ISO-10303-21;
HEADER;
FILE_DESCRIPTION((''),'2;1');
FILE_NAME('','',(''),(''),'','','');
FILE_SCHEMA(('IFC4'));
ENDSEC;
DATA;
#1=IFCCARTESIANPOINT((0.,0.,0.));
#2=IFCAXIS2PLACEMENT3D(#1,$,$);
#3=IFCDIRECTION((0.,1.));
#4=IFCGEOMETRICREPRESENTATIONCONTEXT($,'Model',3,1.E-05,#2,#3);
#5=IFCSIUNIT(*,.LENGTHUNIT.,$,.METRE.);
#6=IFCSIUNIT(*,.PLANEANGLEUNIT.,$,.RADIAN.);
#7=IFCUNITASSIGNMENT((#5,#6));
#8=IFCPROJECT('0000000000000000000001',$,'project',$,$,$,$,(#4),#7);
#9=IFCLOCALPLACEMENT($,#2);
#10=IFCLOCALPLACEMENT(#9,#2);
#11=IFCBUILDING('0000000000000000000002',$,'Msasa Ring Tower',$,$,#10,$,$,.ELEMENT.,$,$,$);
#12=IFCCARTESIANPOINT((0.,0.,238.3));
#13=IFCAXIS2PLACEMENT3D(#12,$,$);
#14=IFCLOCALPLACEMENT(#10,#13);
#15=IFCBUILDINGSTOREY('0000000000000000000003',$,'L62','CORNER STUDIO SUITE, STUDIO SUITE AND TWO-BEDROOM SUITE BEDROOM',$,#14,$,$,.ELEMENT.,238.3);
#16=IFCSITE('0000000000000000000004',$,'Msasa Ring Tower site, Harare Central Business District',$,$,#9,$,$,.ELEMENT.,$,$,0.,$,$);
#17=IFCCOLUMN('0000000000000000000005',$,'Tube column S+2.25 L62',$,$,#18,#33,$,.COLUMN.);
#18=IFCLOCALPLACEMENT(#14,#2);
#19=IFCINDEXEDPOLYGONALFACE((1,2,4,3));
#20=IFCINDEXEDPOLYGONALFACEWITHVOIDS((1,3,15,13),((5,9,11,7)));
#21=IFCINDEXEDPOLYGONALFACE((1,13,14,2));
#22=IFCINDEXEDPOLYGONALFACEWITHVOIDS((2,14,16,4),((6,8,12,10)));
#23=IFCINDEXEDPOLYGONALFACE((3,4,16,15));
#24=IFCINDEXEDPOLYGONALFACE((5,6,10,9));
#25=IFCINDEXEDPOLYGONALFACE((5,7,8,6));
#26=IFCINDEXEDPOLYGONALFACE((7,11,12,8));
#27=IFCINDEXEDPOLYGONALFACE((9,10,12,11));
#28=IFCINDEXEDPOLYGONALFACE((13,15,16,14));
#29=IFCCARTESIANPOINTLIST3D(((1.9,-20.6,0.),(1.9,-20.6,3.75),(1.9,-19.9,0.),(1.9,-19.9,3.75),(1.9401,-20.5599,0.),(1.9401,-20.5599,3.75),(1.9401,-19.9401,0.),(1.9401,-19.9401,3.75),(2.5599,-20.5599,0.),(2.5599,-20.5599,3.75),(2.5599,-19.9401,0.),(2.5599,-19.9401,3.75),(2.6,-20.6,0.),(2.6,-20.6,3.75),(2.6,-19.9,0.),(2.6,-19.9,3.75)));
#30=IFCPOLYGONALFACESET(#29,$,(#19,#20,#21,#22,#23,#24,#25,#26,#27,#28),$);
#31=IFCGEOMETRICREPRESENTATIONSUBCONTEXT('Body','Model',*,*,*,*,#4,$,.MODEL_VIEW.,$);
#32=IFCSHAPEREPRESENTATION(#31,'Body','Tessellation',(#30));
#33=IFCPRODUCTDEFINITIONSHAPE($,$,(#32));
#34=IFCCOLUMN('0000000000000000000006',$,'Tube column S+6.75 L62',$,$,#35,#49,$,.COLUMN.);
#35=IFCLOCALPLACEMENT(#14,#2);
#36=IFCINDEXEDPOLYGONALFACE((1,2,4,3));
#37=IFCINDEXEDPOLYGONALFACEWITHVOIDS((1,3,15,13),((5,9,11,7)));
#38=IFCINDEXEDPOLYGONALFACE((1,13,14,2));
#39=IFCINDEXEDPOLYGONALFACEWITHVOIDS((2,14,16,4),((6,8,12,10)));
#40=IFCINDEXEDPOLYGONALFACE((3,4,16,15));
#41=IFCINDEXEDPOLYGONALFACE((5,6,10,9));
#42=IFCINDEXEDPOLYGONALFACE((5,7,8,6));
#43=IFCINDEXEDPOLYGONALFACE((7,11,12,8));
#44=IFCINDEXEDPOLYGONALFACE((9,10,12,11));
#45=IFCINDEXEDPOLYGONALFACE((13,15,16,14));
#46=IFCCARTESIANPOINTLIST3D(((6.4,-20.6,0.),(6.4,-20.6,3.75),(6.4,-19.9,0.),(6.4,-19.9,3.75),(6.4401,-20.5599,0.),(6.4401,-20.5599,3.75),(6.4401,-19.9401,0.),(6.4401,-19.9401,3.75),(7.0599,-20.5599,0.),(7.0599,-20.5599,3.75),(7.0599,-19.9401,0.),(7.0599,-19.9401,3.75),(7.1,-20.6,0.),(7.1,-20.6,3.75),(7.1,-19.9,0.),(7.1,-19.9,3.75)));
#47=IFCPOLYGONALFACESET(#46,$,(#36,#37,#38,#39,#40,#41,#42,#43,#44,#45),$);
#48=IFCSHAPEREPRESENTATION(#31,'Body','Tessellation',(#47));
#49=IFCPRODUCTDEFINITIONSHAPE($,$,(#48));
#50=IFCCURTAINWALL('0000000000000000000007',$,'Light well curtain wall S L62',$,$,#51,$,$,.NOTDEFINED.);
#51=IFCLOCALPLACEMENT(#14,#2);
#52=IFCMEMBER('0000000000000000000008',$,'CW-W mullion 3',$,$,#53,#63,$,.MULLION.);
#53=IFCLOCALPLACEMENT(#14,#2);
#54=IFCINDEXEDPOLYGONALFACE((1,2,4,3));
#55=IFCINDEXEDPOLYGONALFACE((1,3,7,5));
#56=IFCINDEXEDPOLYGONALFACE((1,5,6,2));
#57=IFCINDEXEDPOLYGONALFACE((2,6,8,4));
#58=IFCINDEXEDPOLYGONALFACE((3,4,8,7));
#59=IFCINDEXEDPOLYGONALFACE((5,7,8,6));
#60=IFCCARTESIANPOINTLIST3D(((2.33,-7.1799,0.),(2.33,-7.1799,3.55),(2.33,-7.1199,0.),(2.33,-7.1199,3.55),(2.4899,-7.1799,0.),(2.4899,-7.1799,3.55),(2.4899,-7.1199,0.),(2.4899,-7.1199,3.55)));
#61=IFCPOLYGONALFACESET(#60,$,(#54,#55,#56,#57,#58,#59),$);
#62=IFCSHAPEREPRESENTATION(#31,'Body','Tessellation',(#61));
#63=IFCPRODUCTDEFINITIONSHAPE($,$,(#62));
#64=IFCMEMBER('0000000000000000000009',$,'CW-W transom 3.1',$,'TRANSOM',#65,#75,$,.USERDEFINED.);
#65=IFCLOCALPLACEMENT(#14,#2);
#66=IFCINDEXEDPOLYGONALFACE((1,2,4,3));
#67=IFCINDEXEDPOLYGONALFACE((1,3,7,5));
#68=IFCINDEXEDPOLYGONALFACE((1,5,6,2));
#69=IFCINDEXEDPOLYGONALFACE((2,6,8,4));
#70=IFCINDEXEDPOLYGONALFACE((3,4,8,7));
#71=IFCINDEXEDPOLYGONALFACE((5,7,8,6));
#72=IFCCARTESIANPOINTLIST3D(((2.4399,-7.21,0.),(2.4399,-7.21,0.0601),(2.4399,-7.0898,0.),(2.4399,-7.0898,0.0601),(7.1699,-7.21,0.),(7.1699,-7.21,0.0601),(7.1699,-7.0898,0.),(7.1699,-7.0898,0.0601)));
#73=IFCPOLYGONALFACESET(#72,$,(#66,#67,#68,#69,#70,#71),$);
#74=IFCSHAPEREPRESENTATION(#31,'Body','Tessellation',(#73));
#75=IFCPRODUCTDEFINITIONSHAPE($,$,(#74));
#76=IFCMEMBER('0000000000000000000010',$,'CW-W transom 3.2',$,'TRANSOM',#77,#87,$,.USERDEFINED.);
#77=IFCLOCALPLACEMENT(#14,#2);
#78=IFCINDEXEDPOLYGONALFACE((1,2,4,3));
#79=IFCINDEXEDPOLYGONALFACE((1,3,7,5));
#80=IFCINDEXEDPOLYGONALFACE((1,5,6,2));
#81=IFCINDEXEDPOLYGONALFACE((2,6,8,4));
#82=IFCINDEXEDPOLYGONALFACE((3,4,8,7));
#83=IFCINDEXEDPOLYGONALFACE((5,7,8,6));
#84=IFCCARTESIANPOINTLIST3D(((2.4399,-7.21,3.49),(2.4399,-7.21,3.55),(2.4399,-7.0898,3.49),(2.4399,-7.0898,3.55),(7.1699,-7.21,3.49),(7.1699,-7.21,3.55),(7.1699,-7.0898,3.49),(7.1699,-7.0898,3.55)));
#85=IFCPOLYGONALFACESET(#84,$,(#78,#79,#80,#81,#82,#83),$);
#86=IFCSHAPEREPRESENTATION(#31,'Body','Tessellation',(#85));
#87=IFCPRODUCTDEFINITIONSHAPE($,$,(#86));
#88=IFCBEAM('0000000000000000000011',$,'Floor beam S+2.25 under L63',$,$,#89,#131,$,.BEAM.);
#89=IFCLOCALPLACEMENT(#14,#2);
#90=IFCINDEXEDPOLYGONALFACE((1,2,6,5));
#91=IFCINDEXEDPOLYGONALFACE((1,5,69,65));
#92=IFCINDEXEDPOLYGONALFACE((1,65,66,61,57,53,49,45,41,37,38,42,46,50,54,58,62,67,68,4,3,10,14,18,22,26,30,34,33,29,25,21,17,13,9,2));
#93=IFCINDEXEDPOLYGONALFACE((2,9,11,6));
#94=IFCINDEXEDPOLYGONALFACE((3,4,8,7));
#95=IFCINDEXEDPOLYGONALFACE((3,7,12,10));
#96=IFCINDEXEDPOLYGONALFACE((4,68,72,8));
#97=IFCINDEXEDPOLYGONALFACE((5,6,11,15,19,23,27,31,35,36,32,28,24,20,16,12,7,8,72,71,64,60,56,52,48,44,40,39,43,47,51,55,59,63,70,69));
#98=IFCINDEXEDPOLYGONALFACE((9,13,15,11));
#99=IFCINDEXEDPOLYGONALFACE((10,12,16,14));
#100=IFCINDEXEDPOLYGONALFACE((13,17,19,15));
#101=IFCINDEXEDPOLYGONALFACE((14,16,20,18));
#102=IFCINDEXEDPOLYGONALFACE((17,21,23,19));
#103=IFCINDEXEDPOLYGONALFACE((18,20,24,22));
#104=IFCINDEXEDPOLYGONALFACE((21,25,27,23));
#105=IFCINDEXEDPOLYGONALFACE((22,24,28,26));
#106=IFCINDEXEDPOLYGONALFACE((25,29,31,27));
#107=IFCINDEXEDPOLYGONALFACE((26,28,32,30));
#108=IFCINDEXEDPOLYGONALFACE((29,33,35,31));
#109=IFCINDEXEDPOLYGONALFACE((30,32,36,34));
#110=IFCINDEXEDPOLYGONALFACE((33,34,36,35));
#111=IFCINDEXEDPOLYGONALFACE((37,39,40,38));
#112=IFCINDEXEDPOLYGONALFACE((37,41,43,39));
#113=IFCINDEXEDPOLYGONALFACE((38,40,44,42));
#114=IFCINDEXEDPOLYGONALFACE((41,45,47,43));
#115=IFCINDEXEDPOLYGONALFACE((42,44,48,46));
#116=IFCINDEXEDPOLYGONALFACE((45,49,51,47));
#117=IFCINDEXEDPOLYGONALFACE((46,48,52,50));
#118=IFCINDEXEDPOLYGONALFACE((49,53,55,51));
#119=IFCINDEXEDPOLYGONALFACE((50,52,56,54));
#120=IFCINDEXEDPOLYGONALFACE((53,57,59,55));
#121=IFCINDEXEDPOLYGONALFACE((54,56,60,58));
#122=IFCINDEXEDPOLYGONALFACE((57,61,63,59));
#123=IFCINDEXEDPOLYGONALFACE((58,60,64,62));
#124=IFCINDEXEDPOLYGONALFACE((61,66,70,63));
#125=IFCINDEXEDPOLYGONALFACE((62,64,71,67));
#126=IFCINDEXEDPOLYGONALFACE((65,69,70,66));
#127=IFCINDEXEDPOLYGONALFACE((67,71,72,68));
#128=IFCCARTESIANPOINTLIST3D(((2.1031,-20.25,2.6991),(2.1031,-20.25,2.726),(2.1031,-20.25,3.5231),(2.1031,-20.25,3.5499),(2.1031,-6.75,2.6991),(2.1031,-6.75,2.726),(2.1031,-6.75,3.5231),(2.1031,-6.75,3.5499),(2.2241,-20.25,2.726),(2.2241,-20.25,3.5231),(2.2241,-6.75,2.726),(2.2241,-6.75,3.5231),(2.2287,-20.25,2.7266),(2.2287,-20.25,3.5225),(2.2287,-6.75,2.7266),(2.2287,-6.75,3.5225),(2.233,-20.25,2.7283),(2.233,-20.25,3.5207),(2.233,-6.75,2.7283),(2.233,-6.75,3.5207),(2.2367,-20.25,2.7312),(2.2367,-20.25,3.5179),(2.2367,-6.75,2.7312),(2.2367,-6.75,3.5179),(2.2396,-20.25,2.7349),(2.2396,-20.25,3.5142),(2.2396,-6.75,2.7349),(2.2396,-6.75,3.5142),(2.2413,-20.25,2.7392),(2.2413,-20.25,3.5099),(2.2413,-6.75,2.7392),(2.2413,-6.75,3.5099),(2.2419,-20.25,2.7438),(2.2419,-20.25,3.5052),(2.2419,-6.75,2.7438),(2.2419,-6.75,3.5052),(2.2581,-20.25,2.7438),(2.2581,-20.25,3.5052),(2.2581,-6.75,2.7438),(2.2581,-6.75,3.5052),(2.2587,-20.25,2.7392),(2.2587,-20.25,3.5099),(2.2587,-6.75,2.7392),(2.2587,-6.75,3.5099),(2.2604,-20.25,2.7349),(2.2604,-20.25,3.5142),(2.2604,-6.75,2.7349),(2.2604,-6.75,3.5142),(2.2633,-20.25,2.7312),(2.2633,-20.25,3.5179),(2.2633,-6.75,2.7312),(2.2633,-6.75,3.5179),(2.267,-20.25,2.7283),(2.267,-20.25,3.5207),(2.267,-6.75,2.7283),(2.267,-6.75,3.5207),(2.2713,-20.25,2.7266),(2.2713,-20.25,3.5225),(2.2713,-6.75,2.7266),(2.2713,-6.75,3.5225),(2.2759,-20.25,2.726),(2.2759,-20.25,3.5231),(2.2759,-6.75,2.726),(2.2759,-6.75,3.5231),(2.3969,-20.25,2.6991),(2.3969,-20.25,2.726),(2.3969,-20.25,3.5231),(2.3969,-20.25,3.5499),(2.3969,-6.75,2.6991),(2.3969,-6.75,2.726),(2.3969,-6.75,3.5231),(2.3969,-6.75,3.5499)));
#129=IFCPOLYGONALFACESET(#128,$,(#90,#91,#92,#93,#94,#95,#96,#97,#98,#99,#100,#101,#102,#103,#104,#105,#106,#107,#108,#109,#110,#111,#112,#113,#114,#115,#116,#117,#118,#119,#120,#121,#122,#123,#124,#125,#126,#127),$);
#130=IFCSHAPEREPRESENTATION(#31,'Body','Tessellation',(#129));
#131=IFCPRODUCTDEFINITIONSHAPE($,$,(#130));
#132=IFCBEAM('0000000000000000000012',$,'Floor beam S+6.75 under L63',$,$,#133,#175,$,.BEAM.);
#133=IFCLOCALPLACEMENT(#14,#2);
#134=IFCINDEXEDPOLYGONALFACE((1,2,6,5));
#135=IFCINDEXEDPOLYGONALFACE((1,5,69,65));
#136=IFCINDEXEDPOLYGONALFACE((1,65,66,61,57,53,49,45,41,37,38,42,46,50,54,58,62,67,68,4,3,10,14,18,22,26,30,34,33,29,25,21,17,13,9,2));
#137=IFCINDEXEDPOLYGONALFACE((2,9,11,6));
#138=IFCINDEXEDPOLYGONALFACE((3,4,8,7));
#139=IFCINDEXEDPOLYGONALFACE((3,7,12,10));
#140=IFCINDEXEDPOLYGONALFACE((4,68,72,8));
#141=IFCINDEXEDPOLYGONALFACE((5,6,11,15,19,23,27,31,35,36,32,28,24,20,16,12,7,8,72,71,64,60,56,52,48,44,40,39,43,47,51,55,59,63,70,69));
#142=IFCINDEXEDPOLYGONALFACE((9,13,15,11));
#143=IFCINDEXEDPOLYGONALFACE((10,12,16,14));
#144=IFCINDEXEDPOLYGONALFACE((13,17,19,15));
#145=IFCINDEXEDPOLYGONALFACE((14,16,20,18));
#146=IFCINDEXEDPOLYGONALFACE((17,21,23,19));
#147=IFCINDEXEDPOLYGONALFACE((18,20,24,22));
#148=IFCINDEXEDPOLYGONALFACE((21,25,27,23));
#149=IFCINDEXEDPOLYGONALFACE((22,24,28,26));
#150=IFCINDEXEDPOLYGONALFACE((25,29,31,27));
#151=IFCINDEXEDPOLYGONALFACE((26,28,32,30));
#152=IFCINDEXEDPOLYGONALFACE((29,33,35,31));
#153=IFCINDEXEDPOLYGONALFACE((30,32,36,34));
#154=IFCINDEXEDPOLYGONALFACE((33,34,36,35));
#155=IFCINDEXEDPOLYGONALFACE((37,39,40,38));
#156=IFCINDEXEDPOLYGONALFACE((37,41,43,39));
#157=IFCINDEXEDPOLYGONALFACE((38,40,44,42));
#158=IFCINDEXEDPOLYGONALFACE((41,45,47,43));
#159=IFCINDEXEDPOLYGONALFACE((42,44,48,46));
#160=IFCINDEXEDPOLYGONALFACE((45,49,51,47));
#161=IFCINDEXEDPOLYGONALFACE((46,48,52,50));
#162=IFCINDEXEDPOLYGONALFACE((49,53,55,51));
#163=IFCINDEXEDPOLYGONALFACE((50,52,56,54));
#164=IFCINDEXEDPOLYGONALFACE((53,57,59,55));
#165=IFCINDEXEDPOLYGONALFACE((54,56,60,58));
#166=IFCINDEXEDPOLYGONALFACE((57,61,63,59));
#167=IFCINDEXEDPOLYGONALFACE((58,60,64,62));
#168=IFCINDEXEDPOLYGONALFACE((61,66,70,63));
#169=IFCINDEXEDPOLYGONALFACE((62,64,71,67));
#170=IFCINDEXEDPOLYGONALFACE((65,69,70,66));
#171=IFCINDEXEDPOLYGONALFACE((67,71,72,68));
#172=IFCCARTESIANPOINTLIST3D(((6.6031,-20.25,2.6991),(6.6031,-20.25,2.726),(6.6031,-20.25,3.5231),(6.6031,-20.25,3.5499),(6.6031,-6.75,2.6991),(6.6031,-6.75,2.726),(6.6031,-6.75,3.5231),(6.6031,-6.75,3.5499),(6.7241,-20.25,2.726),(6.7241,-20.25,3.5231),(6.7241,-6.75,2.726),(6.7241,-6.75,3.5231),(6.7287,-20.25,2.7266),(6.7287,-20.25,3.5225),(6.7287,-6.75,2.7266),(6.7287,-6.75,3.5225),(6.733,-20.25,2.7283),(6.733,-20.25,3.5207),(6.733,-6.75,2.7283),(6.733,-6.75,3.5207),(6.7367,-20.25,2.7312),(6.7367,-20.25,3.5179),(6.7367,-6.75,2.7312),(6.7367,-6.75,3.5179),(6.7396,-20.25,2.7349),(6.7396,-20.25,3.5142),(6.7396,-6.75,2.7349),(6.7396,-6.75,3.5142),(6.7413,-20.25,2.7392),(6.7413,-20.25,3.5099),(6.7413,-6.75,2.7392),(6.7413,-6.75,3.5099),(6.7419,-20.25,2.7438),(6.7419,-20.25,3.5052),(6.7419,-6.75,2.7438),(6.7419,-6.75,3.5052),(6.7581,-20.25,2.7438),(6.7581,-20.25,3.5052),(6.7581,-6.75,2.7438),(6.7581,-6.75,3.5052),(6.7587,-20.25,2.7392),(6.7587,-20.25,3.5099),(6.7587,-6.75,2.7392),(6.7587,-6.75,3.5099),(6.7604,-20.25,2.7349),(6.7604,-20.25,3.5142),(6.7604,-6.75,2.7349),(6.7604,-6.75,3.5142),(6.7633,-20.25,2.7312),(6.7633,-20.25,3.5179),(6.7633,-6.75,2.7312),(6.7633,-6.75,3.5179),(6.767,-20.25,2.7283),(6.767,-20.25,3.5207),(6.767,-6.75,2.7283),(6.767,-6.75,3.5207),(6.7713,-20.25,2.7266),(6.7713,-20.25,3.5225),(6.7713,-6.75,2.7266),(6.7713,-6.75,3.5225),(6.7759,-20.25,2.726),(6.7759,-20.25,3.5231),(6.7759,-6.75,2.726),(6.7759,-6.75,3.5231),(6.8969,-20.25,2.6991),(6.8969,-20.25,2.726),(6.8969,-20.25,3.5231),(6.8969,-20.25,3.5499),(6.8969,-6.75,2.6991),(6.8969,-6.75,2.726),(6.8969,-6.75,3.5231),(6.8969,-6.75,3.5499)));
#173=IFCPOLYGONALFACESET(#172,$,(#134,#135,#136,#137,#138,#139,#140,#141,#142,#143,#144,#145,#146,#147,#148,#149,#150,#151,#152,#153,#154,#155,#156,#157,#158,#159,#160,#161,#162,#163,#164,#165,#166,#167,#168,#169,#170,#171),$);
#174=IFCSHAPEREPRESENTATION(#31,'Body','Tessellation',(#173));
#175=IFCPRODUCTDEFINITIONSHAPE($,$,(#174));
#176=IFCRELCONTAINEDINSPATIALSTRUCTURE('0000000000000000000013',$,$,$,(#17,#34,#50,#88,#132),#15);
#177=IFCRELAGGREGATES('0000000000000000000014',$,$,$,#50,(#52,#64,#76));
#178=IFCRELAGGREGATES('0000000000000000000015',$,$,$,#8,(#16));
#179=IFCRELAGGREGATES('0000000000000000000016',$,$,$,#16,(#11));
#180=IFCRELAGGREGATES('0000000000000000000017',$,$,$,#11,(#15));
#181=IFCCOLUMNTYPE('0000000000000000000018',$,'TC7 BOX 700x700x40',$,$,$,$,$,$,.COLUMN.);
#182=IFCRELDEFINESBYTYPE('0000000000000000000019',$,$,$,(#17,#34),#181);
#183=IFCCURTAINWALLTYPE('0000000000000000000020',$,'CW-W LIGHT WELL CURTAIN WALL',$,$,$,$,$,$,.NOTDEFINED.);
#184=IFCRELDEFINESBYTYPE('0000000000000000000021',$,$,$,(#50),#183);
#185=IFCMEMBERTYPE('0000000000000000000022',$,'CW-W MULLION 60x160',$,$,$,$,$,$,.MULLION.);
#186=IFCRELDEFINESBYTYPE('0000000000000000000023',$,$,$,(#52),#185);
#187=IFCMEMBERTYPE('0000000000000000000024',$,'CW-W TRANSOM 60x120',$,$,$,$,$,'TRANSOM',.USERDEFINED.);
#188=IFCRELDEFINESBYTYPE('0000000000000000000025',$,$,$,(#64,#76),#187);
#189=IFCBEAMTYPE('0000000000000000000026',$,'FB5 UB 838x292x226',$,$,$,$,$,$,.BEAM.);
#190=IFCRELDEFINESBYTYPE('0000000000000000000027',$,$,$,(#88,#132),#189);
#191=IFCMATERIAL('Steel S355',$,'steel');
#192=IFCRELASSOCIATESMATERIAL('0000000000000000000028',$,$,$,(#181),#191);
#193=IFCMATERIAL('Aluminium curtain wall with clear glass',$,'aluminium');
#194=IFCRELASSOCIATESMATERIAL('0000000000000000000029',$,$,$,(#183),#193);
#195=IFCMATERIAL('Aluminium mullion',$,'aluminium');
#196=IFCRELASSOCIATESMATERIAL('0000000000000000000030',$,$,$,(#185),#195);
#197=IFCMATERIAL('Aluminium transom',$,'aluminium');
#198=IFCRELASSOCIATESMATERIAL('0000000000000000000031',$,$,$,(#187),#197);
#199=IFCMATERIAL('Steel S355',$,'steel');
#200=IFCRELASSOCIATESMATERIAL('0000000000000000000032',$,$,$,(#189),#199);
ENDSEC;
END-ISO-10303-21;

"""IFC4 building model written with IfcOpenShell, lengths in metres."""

from ifc_helpers import new_model, si_unit, direction, frame, origin, origin_2d, place, context, subcontext, project, spatial, rectangle, hollow_rectangle, i_section, extrude, material, material_profile, profile_set, type_object, element, aggregate, save


model = new_model("IFC4")

# Units and contexts
model_context = context("Model", 3, precision=1e-05, world=origin(), true_north=direction((0.0, 1.0)))
body_context = subcontext(model_context, "Body", "Model", "MODEL_VIEW")
ifc_project = project(units=[si_unit("LENGTHUNIT", "METRE"), si_unit("PLANEANGLEUNIT", "RADIAN")], contexts=[model_context])

# Site, building, storey
site_placement = place(None, origin())
site = spatial("IfcSite", under=ifc_project, at=site_placement, Name="Msasa Ring Tower site, Harare Central Business District", CompositionType="ELEMENT", RefElevation=0.0)
building_placement = place(site_placement, origin())
building = spatial("IfcBuilding", under=site, at=building_placement, Name="Msasa Ring Tower", CompositionType="ELEMENT")
storey_placement = place(building_placement, frame((0.0, 0.0, 238.3)))
storey = spatial("IfcBuildingStorey", under=building, at=storey_placement, Name="L62", Description="CORNER STUDIO SUITE, STUDIO SUITE AND TWO-BEDROOM SUITE BEDROOM", CompositionType="ELEMENT", Elevation=238.3)

# Columns
ifc_material_1 = material(Name="Steel S355", Category="steel")
ifc_material_profile_1 = material_profile(ifc_material_1, hollow_rectangle(XDim=0.7, YDim=0.7, WallThickness=0.04, at=origin_2d()), Name="BOX 700x700x40")
ifc_profile_set_1 = profile_set([ifc_material_profile_1], Name="Steel S355")
column_type = type_object("IfcColumnType", Name="TC7 BOX 700x700x40", PredefinedType="COLUMN", material=ifc_profile_set_1)
for number, where, z_axis, x_axis, name in (
    (1, (2.25, -20.25, 0.0), (0.0, 0.0, 1.0), (0.0, 1.0, 0.0), "Tube column S+2.25 L62"),
    (2, (6.75, -20.25, 0.0), (0.0, 0.0, 1.0), (0.0, 1.0, 0.0), "Tube column S+6.75 L62"),
):
    element("IfcColumn", number, at=place(storey_placement, frame(where, z_axis=z_axis, x_axis=x_axis)), inside=storey, type_object=column_type, Name=name, PredefinedType="COLUMN", context=body_context, shape_type="SweptSolid", body=[
        extrude(hollow_rectangle(XDim=0.7, YDim=0.7, WallThickness=0.04, at=origin_2d()), origin(), (0.0, 0.0, 1.0), 3.75),
    ])

# Curtain wall, members
ifc_material_2 = material(Name="Aluminium curtain wall with clear glass", Category="aluminium")
curtain_wall_type = type_object("IfcCurtainWallType", Name="CW-W LIGHT WELL CURTAIN WALL", PredefinedType="NOTDEFINED", material=ifc_material_2)
curtain_wall_placement = place(storey_placement, origin())
curtain_wall = element("IfcCurtainWall", 3, at=curtain_wall_placement, inside=storey, type_object=curtain_wall_type, Name="Light well curtain wall S L62", PredefinedType="NOTDEFINED")
ifc_material_3 = material(Name="Aluminium mullion", Category="aluminium")
ifc_material_profile_2 = material_profile(ifc_material_3, rectangle(XDim=0.0601, YDim=0.1599, at=origin_2d()), Name="AL 60x160")
ifc_profile_set_2 = profile_set([ifc_material_profile_2], Name="Aluminium mullion")
member_type_1 = type_object("IfcMemberType", Name="CW-W MULLION 60x160", PredefinedType="MULLION", material=ifc_profile_set_2)
member_1_placement = place(storey_placement, frame((2.4099, -7.1499, 0.0), z_axis=(0.0, 0.0, 1.0), x_axis=(0.0, 1.0, 0.0)))
member_1 = element("IfcMember", 4, at=member_1_placement, type_object=member_type_1, Name="CW-W mullion 3", PredefinedType="MULLION", context=body_context, shape_type="SweptSolid", body=[
    extrude(rectangle(XDim=0.0601, YDim=0.1599, at=origin_2d()), origin(), (0.0, 0.0, 1.0), 3.55),
])
ifc_material_4 = material(Name="Aluminium transom", Category="aluminium")
ifc_material_profile_3 = material_profile(ifc_material_4, rectangle(XDim=0.1201, YDim=0.0601, at=origin_2d()), Name="AL 60x120")
ifc_profile_set_3 = profile_set([ifc_material_profile_3], Name="Aluminium transom")
member_type_2 = type_object("IfcMemberType", Name="CW-W TRANSOM 60x120", ElementType="TRANSOM", PredefinedType="USERDEFINED", material=ifc_profile_set_3)
member_2_placement = place(storey_placement, frame((2.4399, -7.1499, 0.03), z_axis=(1.0, 0.0, 0.0), x_axis=(0.0, 1.0, 0.0)))
member_2 = element("IfcMember", 5, at=member_2_placement, type_object=member_type_2, Name="CW-W transom 3.1", ObjectType="TRANSOM", PredefinedType="USERDEFINED", context=body_context, shape_type="SweptSolid", body=[
    extrude(rectangle(XDim=0.1201, YDim=0.0601, at=origin_2d()), origin(), (0.0, 0.0, 1.0), 4.73),
])
member_3_placement = place(storey_placement, frame((2.4399, -7.1499, 3.52), z_axis=(1.0, 0.0, 0.0), x_axis=(0.0, 1.0, 0.0)))
member_3 = element("IfcMember", 6, at=member_3_placement, type_object=member_type_2, Name="CW-W transom 3.2", ObjectType="TRANSOM", PredefinedType="USERDEFINED", context=body_context, shape_type="SweptSolid", body=[
    extrude(rectangle(XDim=0.1201, YDim=0.0601, at=origin_2d()), origin(), (0.0, 0.0, 1.0), 4.73),
])

# Beams
ifc_material_5 = material(Name="Steel S355", Category="steel")
ifc_material_profile_4 = material_profile(ifc_material_5, i_section(OverallWidth=0.2937, OverallDepth=0.8508, WebThickness=0.0161, FlangeThickness=0.0269, FilletRadius=0.0178, at=origin_2d()), Name="UB 838x292x226")
ifc_profile_set_4 = profile_set([ifc_material_profile_4], Name="Steel S355")
beam_type_1 = type_object("IfcBeamType", Name="FB5 UB 838x292x226", PredefinedType="BEAM", material=ifc_profile_set_4)
for number, where, z_axis, x_axis, name in (
    (7, (2.25, -20.25, 3.1245), (0.0, 1.0, 0.0), (-1.0, 0.0, 0.0), "Floor beam S+2.25 under L63"),
    (8, (6.75, -20.25, 3.1245), (0.0, 1.0, 0.0), (-1.0, 0.0, 0.0), "Floor beam S+6.75 under L63"),
):
    element("IfcBeam", number, at=place(storey_placement, frame(where, z_axis=z_axis, x_axis=x_axis)), inside=storey, type_object=beam_type_1, Name=name, PredefinedType="BEAM", context=body_context, shape_type="SweptSolid", body=[
        extrude(i_section(OverallWidth=0.2937, OverallDepth=0.8508, WebThickness=0.0161, FlangeThickness=0.0269, FilletRadius=0.0178, at=origin_2d()), origin(), (0.0, 0.0, 1.0), 13.5),
    ])

aggregate(curtain_wall, [member_1, member_2, member_3])

save(model, "model.ifc")
